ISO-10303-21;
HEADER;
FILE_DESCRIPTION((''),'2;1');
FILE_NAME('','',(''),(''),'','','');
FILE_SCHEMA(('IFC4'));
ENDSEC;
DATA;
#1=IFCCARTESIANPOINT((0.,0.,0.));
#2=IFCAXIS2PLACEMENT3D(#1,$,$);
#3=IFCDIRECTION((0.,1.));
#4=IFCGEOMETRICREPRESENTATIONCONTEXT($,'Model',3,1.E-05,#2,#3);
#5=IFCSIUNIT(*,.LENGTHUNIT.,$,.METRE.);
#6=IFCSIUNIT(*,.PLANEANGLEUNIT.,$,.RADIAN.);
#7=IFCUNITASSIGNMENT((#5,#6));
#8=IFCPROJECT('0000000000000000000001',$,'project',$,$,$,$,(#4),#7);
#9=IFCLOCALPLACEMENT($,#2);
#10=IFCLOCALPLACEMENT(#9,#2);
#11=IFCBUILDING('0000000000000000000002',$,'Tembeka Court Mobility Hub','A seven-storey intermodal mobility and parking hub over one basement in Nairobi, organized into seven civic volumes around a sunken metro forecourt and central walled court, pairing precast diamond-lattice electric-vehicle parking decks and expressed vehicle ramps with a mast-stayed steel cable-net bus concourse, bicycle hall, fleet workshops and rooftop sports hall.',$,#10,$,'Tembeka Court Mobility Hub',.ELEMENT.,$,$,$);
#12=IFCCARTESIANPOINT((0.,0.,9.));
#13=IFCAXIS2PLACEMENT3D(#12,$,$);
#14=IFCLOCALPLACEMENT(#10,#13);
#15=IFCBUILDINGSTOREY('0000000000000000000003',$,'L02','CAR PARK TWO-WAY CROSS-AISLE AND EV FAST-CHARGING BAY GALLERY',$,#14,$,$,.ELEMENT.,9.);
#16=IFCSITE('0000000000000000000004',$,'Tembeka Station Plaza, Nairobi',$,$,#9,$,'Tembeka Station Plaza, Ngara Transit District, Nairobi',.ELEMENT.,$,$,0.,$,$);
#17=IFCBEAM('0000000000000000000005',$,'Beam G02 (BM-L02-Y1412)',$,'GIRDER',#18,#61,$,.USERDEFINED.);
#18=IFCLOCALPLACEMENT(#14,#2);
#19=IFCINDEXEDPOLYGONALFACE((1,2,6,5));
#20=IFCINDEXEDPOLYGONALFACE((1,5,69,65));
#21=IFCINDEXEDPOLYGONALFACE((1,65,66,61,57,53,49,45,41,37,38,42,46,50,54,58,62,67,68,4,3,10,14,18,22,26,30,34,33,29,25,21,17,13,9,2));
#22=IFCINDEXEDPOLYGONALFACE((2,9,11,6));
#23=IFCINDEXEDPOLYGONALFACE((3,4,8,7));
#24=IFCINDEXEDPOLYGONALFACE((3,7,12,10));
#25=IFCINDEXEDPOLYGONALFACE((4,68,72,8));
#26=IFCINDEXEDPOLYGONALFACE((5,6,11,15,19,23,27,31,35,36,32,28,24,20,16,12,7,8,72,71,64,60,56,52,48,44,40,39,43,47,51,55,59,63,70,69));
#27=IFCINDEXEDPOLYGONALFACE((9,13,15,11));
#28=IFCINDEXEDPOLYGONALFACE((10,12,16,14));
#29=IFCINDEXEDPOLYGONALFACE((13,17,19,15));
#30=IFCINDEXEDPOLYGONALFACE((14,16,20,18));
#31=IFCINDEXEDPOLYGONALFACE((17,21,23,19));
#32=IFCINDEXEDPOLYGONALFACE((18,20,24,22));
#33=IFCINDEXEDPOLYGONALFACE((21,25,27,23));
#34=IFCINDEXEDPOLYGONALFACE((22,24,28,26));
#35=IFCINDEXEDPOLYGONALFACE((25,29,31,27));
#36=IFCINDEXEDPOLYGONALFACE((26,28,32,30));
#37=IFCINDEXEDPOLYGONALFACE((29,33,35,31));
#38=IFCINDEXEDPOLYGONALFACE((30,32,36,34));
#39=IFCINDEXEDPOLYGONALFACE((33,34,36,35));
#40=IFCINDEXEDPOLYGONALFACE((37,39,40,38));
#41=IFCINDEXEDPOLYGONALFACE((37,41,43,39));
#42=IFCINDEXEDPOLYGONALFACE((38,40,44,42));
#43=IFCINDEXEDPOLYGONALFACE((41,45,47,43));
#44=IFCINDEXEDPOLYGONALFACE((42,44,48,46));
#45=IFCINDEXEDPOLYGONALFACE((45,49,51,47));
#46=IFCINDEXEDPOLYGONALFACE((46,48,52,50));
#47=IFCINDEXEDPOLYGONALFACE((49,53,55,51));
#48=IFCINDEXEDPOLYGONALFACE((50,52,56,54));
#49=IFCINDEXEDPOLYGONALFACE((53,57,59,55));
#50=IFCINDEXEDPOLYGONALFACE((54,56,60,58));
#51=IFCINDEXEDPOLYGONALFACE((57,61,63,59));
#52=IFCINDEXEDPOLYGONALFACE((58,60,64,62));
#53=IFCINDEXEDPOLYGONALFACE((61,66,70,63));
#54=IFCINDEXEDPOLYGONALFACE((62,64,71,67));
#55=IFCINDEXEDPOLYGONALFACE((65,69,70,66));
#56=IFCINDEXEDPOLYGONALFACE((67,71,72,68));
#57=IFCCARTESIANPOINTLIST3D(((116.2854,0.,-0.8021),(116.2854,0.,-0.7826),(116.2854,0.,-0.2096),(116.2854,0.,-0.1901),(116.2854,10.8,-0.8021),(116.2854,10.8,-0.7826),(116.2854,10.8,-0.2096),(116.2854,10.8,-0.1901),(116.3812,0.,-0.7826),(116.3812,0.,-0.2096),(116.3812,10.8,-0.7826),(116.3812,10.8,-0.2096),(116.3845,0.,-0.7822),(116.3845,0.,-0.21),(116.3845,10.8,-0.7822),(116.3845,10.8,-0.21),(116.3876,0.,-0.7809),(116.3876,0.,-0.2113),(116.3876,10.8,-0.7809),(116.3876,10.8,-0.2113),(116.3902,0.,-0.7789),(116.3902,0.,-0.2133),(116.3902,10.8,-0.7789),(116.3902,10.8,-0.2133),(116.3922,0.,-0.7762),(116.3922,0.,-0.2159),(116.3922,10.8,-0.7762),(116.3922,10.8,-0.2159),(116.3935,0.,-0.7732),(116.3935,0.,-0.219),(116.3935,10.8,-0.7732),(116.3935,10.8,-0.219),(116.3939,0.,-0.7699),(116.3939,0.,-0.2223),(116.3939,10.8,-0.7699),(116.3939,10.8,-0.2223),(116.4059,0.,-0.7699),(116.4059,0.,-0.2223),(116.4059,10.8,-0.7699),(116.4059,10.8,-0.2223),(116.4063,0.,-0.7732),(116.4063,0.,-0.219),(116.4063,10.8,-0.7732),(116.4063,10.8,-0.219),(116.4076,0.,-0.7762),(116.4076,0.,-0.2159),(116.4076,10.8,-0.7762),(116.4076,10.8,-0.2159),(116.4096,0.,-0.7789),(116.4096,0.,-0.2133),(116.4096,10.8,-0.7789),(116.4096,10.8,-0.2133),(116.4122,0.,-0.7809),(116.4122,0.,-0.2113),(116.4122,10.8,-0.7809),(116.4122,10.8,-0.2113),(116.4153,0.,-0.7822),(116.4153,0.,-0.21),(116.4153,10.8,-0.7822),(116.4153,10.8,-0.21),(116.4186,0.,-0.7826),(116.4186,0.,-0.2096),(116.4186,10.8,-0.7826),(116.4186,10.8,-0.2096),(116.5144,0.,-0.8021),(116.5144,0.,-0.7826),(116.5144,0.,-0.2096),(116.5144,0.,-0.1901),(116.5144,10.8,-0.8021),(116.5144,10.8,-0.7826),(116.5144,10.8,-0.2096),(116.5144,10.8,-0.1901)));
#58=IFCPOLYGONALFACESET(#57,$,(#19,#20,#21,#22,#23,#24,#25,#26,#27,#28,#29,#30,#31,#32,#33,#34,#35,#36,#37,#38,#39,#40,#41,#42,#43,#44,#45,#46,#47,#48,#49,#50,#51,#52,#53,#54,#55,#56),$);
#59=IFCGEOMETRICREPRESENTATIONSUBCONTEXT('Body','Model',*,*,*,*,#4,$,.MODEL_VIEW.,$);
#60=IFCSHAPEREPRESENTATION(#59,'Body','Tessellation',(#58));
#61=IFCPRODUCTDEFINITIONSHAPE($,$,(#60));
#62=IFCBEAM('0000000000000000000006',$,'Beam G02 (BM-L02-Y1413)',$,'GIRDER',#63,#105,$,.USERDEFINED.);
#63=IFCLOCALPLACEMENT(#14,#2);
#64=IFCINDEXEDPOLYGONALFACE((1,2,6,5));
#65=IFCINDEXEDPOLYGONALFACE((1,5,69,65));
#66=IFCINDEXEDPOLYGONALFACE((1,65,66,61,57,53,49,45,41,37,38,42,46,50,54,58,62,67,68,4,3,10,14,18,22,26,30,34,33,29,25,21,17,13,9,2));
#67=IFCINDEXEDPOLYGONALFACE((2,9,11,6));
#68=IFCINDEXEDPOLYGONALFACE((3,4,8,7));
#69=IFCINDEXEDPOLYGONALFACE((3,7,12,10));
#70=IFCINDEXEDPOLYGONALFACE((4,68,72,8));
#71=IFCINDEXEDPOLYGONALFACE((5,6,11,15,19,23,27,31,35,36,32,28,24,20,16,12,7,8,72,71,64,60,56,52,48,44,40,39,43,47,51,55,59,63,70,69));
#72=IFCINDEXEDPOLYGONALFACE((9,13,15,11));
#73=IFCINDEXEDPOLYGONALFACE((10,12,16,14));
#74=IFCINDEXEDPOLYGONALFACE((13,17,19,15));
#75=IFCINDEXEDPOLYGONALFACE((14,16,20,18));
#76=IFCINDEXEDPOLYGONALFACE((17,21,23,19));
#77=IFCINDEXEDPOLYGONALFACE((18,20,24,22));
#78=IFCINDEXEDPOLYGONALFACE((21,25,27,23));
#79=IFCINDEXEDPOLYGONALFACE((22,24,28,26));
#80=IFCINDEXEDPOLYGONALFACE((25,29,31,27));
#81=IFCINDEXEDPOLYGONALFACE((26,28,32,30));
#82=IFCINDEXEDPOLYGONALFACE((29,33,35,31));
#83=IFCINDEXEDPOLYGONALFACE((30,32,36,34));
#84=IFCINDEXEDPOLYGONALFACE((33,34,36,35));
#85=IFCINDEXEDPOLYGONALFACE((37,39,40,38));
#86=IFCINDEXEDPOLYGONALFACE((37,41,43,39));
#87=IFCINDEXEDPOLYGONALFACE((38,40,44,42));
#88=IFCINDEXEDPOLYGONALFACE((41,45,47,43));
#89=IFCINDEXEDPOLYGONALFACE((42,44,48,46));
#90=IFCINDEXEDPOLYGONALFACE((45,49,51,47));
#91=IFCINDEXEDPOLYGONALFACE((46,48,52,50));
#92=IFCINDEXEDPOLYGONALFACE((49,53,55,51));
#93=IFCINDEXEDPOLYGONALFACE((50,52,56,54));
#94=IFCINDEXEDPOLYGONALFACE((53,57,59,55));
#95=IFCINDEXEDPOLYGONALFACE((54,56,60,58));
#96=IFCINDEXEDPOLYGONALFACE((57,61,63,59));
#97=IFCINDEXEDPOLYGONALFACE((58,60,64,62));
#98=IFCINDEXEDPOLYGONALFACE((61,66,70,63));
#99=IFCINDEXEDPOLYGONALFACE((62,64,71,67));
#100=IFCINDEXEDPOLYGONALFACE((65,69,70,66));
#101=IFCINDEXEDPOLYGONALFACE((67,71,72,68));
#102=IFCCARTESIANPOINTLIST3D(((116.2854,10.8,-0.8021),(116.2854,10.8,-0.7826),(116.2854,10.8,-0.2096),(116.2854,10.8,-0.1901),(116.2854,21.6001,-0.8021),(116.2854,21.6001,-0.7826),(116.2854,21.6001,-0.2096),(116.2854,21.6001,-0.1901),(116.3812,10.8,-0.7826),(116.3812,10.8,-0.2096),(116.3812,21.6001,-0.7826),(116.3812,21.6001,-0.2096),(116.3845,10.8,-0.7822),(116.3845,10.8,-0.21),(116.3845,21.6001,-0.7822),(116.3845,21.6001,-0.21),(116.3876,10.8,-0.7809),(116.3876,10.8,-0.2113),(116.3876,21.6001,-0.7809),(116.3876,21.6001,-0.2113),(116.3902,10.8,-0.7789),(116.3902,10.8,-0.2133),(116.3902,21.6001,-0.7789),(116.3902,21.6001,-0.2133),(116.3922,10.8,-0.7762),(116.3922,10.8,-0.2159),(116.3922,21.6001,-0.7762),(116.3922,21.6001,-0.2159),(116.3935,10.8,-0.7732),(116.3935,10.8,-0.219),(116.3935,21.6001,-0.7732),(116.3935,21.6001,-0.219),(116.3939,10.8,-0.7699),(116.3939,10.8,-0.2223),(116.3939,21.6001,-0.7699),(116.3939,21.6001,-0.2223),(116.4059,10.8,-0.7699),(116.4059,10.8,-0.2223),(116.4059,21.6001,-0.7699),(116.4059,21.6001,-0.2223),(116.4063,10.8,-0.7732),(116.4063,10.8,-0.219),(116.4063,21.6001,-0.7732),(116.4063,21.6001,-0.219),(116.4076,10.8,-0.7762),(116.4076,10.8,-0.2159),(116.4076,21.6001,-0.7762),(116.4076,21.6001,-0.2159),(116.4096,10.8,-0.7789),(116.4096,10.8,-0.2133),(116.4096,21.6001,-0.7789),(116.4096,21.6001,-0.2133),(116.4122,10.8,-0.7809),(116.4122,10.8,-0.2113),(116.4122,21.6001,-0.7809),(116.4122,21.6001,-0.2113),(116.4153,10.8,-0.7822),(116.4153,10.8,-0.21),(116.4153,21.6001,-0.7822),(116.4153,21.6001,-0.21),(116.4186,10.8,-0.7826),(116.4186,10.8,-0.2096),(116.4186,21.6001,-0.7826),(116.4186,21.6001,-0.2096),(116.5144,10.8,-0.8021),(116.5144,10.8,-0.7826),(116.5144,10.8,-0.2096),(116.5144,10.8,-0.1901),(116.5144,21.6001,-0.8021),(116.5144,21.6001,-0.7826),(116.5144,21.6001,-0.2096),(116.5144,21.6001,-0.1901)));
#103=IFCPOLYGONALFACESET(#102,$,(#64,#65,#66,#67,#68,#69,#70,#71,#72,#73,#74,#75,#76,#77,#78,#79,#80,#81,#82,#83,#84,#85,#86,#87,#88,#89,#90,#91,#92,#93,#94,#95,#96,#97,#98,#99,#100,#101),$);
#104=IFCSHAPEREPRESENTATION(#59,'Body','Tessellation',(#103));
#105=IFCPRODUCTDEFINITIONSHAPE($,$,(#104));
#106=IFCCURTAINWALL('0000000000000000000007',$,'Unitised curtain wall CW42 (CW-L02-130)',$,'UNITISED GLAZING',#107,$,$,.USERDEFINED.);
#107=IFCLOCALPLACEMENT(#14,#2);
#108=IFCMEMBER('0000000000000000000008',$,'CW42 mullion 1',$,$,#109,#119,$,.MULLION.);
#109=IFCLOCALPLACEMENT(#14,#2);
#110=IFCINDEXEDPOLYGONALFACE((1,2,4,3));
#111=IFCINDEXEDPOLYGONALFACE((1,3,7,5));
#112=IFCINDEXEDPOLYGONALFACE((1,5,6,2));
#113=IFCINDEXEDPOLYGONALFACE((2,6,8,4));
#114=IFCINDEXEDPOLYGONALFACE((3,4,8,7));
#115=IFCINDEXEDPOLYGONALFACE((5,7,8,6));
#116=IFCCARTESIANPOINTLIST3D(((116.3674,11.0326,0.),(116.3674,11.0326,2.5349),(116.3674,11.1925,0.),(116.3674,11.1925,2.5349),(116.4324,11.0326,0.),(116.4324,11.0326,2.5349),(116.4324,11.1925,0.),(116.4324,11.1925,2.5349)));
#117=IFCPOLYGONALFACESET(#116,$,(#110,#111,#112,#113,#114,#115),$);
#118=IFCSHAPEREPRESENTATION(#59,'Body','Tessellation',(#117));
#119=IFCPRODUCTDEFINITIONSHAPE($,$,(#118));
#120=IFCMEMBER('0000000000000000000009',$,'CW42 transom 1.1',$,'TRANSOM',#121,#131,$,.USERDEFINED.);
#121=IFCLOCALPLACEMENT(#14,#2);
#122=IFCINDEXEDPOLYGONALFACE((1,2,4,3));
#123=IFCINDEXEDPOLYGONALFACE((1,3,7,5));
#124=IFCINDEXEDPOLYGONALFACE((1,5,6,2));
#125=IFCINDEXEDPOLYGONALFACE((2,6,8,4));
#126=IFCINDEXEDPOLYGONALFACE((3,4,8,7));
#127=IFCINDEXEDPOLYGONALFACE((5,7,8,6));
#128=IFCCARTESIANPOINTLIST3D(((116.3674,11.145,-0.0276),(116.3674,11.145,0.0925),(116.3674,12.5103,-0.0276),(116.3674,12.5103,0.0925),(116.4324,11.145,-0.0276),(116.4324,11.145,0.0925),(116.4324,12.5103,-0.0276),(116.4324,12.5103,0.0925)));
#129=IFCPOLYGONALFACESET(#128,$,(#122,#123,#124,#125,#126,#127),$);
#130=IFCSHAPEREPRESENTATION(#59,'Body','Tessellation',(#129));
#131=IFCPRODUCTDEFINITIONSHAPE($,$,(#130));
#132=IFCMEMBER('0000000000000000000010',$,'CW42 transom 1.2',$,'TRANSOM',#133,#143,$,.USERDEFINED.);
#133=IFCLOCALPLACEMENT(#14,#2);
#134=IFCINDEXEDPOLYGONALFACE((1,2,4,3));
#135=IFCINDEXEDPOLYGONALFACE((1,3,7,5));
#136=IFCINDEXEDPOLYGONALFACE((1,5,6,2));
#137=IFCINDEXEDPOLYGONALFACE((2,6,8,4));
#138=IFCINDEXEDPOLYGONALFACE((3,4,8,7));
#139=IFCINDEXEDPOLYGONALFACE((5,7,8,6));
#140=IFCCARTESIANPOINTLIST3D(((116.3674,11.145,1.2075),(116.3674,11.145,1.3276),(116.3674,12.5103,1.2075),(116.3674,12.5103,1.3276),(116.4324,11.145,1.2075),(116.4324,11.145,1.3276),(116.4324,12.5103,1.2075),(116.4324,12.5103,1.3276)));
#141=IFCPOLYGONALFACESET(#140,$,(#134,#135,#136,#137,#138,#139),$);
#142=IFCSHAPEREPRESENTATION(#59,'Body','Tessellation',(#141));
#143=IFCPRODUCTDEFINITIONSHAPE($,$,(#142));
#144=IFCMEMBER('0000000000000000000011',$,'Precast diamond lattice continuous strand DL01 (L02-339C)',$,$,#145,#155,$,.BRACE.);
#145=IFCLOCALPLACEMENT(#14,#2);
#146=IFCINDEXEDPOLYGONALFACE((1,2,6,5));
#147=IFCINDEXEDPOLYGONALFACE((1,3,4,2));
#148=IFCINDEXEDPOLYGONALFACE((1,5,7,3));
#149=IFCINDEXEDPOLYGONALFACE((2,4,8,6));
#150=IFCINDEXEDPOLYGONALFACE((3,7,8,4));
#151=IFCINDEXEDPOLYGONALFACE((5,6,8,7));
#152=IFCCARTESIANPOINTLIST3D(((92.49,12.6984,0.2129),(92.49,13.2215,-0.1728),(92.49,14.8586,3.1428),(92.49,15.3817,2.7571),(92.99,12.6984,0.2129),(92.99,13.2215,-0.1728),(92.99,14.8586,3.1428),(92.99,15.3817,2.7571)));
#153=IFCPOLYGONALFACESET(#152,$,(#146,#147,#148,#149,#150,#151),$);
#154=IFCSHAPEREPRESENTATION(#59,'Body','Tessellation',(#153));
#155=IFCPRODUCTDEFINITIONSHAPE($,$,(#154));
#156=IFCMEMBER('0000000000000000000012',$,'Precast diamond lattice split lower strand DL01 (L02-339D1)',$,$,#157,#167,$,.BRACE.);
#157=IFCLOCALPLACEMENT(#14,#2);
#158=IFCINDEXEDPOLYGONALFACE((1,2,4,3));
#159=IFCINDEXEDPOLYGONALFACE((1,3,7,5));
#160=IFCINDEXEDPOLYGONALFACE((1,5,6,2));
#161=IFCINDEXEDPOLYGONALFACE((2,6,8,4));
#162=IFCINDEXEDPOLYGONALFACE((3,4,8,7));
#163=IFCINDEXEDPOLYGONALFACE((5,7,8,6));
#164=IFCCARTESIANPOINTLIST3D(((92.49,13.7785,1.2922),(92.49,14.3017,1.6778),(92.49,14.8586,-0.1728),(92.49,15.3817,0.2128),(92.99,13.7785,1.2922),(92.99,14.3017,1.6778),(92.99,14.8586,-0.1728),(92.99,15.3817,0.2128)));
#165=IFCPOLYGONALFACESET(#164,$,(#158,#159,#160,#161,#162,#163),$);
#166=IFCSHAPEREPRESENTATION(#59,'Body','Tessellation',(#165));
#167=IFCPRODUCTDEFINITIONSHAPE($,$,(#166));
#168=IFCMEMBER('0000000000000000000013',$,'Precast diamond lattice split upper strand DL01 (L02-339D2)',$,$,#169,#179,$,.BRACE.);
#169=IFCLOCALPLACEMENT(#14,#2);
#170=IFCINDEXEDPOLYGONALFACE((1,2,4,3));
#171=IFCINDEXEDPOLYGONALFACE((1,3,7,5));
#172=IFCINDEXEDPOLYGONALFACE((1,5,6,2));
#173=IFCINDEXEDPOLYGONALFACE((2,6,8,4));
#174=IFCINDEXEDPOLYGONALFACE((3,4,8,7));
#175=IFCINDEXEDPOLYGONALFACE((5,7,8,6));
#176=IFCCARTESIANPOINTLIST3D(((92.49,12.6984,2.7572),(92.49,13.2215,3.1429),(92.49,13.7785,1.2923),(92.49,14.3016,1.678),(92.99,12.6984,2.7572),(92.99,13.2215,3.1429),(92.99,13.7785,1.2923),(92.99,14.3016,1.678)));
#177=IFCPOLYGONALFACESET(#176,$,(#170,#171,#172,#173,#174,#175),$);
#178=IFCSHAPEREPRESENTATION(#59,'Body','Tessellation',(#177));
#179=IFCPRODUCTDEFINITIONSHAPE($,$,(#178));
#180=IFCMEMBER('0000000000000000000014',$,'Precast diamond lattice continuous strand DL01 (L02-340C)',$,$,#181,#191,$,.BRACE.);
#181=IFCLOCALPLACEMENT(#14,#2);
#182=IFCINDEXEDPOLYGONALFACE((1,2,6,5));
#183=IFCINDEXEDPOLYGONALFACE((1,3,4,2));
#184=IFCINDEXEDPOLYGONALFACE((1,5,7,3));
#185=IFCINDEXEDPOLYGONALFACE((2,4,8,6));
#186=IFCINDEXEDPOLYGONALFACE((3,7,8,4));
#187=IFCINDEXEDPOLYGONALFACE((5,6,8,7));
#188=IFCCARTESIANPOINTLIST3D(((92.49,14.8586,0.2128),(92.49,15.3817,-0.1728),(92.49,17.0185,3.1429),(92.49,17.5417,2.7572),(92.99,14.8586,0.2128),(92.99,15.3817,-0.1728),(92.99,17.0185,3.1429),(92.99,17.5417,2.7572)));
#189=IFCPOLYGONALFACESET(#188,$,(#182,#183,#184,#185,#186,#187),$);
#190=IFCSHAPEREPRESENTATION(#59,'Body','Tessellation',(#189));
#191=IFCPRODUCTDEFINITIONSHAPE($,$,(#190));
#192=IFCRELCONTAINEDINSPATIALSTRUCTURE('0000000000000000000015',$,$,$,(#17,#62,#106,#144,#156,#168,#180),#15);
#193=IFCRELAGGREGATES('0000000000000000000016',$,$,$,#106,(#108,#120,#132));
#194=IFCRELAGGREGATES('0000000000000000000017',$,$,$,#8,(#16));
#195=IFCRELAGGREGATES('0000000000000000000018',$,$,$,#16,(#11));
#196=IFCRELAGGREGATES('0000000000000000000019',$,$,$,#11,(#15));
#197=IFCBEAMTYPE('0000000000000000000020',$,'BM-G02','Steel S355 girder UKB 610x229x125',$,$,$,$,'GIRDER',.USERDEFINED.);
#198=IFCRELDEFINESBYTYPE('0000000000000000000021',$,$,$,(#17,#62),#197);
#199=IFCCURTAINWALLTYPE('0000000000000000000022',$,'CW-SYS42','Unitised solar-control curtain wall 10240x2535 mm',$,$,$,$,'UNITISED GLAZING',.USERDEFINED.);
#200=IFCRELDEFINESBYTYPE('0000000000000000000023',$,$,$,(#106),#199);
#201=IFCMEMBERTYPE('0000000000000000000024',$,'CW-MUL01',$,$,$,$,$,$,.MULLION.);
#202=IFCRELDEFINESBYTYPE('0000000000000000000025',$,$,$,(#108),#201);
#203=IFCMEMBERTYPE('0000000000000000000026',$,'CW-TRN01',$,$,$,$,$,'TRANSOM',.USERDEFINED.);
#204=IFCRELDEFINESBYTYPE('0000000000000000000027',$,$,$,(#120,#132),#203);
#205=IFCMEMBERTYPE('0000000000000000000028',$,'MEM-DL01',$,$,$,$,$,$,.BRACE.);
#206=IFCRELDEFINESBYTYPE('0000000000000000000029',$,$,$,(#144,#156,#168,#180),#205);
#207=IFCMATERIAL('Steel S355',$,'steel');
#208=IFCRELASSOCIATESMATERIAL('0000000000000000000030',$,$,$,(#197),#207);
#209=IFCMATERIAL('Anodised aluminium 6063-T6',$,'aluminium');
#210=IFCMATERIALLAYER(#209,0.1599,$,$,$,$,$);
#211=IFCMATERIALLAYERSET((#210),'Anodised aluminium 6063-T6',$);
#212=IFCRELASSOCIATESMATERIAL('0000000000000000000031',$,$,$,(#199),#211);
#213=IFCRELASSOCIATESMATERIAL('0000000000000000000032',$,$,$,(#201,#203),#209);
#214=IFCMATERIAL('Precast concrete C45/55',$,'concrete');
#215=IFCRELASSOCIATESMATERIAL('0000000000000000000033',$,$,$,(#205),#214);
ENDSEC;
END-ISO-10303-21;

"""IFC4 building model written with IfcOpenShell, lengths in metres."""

from ifc_helpers import new_model, si_unit, direction, frame, origin, origin_2d, place, context, subcontext, project, spatial, rectangle, i_section, extrude, material, layer, layer_set, material_profile, profile_set, type_object, element, aggregate, save


model = new_model("IFC4")

# Units and contexts
model_context = context("Model", 3, precision=1e-05, world=origin(), true_north=direction((0.0, 1.0)))
body_context = subcontext(model_context, "Body", "Model", "MODEL_VIEW")
ifc_project = project(units=[si_unit("LENGTHUNIT", "METRE"), si_unit("PLANEANGLEUNIT", "RADIAN")], contexts=[model_context])

# Site, building, storey
site_placement = place(None, origin())
site = spatial("IfcSite", under=ifc_project, at=site_placement, Name="Tembeka Station Plaza, Nairobi", LongName="Tembeka Station Plaza, Ngara Transit District, Nairobi", CompositionType="ELEMENT", RefElevation=0.0)
building_placement = place(site_placement, origin())
building = spatial("IfcBuilding", under=site, at=building_placement, Name="Tembeka Court Mobility Hub", Description="A seven-storey intermodal mobility and parking hub over one basement in Nairobi, organized into seven civic volumes around a sunken metro forecourt and central walled court, pairing precast diamond-lattice electric-vehicle parking decks and expressed vehicle ramps with a mast-stayed steel cable-net bus concourse, bicycle hall, fleet workshops and rooftop sports hall.", LongName="Tembeka Court Mobility Hub", CompositionType="ELEMENT")
storey_placement = place(building_placement, frame((0.0, 0.0, 9.0)))
storey = spatial("IfcBuildingStorey", under=building, at=storey_placement, Name="L02", Description="CAR PARK TWO-WAY CROSS-AISLE AND EV FAST-CHARGING BAY GALLERY", CompositionType="ELEMENT", Elevation=9.0)

# Shared definitions
ifc_material_1 = material(Name="Steel S355", Category="steel")

# Beams
ifc_material_profile_1 = material_profile(ifc_material_1, i_section(OverallWidth=0.229, OverallDepth=0.6121, WebThickness=0.012, FlangeThickness=0.0195, FilletRadius=0.0127, at=origin_2d()), Name="UKB 610x229x125")
ifc_profile_set_1 = profile_set([ifc_material_profile_1], Name="Steel S355")
beam_type = type_object("IfcBeamType", Name="BM-G02", Description="Steel S355 girder UKB 610x229x125", ElementType="GIRDER", PredefinedType="USERDEFINED", material=ifc_profile_set_1)
for number, where, z_axis, x_axis, name in (
    (1, (116.3999, 0.0, -0.4961), (0.0, 1.0, 0.0), (-1.0, 0.0, 0.0), "Beam G02 (BM-L02-Y1412)"),
    (2, (116.3999, 10.8, -0.4961), (0.0, 1.0, 0.0), (-1.0, 0.0, 0.0), "Beam G02 (BM-L02-Y1413)"),
):
    element("IfcBeam", number, at=place(storey_placement, frame(where, z_axis=z_axis, x_axis=x_axis)), inside=storey, type_object=beam_type, Name=name, ObjectType="GIRDER", PredefinedType="USERDEFINED", context=body_context, shape_type="SweptSolid", body=[
        extrude(i_section(OverallWidth=0.229, OverallDepth=0.6121, WebThickness=0.012, FlangeThickness=0.0195, FilletRadius=0.0127, at=origin_2d()), origin(), (0.0, 0.0, 1.0), 10.8),
    ])

# Curtain wall, members
ifc_material_2 = material(Name="Anodised aluminium 6063-T6", Category="aluminium")
ifc_layer_1 = layer(ifc_material_2, 0.1599)
ifc_layer_set_1 = layer_set([ifc_layer_1], Name="Anodised aluminium 6063-T6")
curtain_wall_type = type_object("IfcCurtainWallType", Name="CW-SYS42", Description="Unitised solar-control curtain wall 10240x2535 mm", ElementType="UNITISED GLAZING", PredefinedType="USERDEFINED", material=ifc_layer_set_1)
curtain_wall_placement = place(storey_placement, origin())
curtain_wall = element("IfcCurtainWall", 3, at=curtain_wall_placement, inside=storey, type_object=curtain_wall_type, Name="Unitised curtain wall CW42 (CW-L02-130)", ObjectType="UNITISED GLAZING", PredefinedType="USERDEFINED")
ifc_material_profile_2 = material_profile(ifc_material_2, rectangle(XDim=0.0649, YDim=0.1599, at=origin_2d()), Name="ALU-MUL 65x160")
ifc_profile_set_2 = profile_set([ifc_material_profile_2], Name="Anodised aluminium 6063-T6")
member_type_1 = type_object("IfcMemberType", Name="CW-MUL01", PredefinedType="MULLION", material=ifc_profile_set_2)
member_1_placement = place(storey_placement, frame((116.3999, 11.1125, 0.0), z_axis=(0.0, 0.0, 1.0), x_axis=(-1.0, 0.0, 0.0)))
member_1 = element("IfcMember", 4, at=member_1_placement, type_object=member_type_1, Name="CW42 mullion 1", PredefinedType="MULLION", context=body_context, shape_type="SweptSolid", body=[
    extrude(rectangle(XDim=0.0649, YDim=0.1599, at=origin_2d()), origin(), (0.0, 0.0, 1.0), 2.5349),
])
ifc_material_profile_3 = material_profile(ifc_material_2, rectangle(XDim=0.0649, YDim=0.1201, at=origin_2d()), Name="ALU-TRN 65x120")
ifc_profile_set_3 = profile_set([ifc_material_profile_3], Name="Anodised aluminium 6063-T6")
member_type_2 = type_object("IfcMemberType", Name="CW-TRN01", ElementType="TRANSOM", PredefinedType="USERDEFINED", material=ifc_profile_set_3)
member_2_placement = place(storey_placement, frame((116.3999, 11.145, 0.0325), z_axis=(0.0, 1.0, 0.0), x_axis=(-1.0, 0.0, 0.0)))
member_2 = element("IfcMember", 5, at=member_2_placement, type_object=member_type_2, Name="CW42 transom 1.1", ObjectType="TRANSOM", PredefinedType="USERDEFINED", context=body_context, shape_type="SweptSolid", body=[
    extrude(rectangle(XDim=0.0649, YDim=0.1201, at=origin_2d()), origin(), (0.0, 0.0, 1.0), 1.3652),
])
member_3_placement = place(storey_placement, frame((116.3999, 11.145, 1.2676), z_axis=(0.0, 1.0, 0.0), x_axis=(-1.0, 0.0, 0.0)))
member_3 = element("IfcMember", 6, at=member_3_placement, type_object=member_type_2, Name="CW42 transom 1.2", ObjectType="TRANSOM", PredefinedType="USERDEFINED", context=body_context, shape_type="SweptSolid", body=[
    extrude(rectangle(XDim=0.0649, YDim=0.1201, at=origin_2d()), origin(), (0.0, 0.0, 1.0), 1.3652),
])
aggregate(curtain_wall, [member_1, member_2, member_3])

# Members
ifc_material_3 = material(Name="Precast concrete C45/55", Category="concrete")
ifc_material_profile_4 = material_profile(ifc_material_3, rectangle(XDim=0.5, YDim=0.6499, at=origin_2d()), Name="PC-DIAG 500x650")
ifc_profile_set_4 = profile_set([ifc_material_profile_4], Name="Precast concrete C45/55")
member_type_3 = type_object("IfcMemberType", Name="MEM-DL01", PredefinedType="BRACE", material=ifc_profile_set_4)
member_4_placement = place(storey_placement, frame((92.74, 12.96, 0.02), z_axis=(0.0, 0.593423, 0.804891), x_axis=(-1.0, 0.0, 0.0)))
element("IfcMember", 7, at=member_4_placement, inside=storey, type_object=member_type_3, Name="Precast diamond lattice continuous strand DL01 (L02-339C)", PredefinedType="BRACE", context=body_context, shape_type="SweptSolid", body=[
    extrude(rectangle(XDim=0.5, YDim=0.6499, at=origin_2d()), origin(), (0.0, 0.0, 1.0), 3.6401),
])
for number, where, z_axis, x_axis, name in (
    (8, (92.74, 15.1201, 0.02), (0.0, -0.593391, 0.804914), (1.0, 0.0, 0.0), "Precast diamond lattice split lower strand DL01 (L02-339D1)"),
    (9, (92.74, 14.04, 1.4851), (0.0, -0.593455, 0.804867), (1.0, 0.0, 0.0), "Precast diamond lattice split upper strand DL01 (L02-339D2)"),
):
    element("IfcMember", number, at=place(storey_placement, frame(where, z_axis=z_axis, x_axis=x_axis)), inside=storey, type_object=member_type_3, Name=name, PredefinedType="BRACE", context=body_context, shape_type="SweptSolid", body=[
        extrude(rectangle(XDim=0.5, YDim=0.6499, at=origin_2d()), origin(), (0.0, 0.0, 1.0), 1.8201),
    ])
member_5_placement = place(storey_placement, frame((92.74, 15.1201, 0.02), z_axis=(0.0, 0.59338, 0.804923), x_axis=(-1.0, 0.0, 0.0)))
element("IfcMember", 10, at=member_5_placement, inside=storey, type_object=member_type_3, Name="Precast diamond lattice continuous strand DL01 (L02-340C)", PredefinedType="BRACE", context=body_context, shape_type="SweptSolid", body=[
    extrude(rectangle(XDim=0.5, YDim=0.6499, at=origin_2d()), origin(), (0.0, 0.0, 1.0), 3.6401),
])

save(model, "model.ifc")
